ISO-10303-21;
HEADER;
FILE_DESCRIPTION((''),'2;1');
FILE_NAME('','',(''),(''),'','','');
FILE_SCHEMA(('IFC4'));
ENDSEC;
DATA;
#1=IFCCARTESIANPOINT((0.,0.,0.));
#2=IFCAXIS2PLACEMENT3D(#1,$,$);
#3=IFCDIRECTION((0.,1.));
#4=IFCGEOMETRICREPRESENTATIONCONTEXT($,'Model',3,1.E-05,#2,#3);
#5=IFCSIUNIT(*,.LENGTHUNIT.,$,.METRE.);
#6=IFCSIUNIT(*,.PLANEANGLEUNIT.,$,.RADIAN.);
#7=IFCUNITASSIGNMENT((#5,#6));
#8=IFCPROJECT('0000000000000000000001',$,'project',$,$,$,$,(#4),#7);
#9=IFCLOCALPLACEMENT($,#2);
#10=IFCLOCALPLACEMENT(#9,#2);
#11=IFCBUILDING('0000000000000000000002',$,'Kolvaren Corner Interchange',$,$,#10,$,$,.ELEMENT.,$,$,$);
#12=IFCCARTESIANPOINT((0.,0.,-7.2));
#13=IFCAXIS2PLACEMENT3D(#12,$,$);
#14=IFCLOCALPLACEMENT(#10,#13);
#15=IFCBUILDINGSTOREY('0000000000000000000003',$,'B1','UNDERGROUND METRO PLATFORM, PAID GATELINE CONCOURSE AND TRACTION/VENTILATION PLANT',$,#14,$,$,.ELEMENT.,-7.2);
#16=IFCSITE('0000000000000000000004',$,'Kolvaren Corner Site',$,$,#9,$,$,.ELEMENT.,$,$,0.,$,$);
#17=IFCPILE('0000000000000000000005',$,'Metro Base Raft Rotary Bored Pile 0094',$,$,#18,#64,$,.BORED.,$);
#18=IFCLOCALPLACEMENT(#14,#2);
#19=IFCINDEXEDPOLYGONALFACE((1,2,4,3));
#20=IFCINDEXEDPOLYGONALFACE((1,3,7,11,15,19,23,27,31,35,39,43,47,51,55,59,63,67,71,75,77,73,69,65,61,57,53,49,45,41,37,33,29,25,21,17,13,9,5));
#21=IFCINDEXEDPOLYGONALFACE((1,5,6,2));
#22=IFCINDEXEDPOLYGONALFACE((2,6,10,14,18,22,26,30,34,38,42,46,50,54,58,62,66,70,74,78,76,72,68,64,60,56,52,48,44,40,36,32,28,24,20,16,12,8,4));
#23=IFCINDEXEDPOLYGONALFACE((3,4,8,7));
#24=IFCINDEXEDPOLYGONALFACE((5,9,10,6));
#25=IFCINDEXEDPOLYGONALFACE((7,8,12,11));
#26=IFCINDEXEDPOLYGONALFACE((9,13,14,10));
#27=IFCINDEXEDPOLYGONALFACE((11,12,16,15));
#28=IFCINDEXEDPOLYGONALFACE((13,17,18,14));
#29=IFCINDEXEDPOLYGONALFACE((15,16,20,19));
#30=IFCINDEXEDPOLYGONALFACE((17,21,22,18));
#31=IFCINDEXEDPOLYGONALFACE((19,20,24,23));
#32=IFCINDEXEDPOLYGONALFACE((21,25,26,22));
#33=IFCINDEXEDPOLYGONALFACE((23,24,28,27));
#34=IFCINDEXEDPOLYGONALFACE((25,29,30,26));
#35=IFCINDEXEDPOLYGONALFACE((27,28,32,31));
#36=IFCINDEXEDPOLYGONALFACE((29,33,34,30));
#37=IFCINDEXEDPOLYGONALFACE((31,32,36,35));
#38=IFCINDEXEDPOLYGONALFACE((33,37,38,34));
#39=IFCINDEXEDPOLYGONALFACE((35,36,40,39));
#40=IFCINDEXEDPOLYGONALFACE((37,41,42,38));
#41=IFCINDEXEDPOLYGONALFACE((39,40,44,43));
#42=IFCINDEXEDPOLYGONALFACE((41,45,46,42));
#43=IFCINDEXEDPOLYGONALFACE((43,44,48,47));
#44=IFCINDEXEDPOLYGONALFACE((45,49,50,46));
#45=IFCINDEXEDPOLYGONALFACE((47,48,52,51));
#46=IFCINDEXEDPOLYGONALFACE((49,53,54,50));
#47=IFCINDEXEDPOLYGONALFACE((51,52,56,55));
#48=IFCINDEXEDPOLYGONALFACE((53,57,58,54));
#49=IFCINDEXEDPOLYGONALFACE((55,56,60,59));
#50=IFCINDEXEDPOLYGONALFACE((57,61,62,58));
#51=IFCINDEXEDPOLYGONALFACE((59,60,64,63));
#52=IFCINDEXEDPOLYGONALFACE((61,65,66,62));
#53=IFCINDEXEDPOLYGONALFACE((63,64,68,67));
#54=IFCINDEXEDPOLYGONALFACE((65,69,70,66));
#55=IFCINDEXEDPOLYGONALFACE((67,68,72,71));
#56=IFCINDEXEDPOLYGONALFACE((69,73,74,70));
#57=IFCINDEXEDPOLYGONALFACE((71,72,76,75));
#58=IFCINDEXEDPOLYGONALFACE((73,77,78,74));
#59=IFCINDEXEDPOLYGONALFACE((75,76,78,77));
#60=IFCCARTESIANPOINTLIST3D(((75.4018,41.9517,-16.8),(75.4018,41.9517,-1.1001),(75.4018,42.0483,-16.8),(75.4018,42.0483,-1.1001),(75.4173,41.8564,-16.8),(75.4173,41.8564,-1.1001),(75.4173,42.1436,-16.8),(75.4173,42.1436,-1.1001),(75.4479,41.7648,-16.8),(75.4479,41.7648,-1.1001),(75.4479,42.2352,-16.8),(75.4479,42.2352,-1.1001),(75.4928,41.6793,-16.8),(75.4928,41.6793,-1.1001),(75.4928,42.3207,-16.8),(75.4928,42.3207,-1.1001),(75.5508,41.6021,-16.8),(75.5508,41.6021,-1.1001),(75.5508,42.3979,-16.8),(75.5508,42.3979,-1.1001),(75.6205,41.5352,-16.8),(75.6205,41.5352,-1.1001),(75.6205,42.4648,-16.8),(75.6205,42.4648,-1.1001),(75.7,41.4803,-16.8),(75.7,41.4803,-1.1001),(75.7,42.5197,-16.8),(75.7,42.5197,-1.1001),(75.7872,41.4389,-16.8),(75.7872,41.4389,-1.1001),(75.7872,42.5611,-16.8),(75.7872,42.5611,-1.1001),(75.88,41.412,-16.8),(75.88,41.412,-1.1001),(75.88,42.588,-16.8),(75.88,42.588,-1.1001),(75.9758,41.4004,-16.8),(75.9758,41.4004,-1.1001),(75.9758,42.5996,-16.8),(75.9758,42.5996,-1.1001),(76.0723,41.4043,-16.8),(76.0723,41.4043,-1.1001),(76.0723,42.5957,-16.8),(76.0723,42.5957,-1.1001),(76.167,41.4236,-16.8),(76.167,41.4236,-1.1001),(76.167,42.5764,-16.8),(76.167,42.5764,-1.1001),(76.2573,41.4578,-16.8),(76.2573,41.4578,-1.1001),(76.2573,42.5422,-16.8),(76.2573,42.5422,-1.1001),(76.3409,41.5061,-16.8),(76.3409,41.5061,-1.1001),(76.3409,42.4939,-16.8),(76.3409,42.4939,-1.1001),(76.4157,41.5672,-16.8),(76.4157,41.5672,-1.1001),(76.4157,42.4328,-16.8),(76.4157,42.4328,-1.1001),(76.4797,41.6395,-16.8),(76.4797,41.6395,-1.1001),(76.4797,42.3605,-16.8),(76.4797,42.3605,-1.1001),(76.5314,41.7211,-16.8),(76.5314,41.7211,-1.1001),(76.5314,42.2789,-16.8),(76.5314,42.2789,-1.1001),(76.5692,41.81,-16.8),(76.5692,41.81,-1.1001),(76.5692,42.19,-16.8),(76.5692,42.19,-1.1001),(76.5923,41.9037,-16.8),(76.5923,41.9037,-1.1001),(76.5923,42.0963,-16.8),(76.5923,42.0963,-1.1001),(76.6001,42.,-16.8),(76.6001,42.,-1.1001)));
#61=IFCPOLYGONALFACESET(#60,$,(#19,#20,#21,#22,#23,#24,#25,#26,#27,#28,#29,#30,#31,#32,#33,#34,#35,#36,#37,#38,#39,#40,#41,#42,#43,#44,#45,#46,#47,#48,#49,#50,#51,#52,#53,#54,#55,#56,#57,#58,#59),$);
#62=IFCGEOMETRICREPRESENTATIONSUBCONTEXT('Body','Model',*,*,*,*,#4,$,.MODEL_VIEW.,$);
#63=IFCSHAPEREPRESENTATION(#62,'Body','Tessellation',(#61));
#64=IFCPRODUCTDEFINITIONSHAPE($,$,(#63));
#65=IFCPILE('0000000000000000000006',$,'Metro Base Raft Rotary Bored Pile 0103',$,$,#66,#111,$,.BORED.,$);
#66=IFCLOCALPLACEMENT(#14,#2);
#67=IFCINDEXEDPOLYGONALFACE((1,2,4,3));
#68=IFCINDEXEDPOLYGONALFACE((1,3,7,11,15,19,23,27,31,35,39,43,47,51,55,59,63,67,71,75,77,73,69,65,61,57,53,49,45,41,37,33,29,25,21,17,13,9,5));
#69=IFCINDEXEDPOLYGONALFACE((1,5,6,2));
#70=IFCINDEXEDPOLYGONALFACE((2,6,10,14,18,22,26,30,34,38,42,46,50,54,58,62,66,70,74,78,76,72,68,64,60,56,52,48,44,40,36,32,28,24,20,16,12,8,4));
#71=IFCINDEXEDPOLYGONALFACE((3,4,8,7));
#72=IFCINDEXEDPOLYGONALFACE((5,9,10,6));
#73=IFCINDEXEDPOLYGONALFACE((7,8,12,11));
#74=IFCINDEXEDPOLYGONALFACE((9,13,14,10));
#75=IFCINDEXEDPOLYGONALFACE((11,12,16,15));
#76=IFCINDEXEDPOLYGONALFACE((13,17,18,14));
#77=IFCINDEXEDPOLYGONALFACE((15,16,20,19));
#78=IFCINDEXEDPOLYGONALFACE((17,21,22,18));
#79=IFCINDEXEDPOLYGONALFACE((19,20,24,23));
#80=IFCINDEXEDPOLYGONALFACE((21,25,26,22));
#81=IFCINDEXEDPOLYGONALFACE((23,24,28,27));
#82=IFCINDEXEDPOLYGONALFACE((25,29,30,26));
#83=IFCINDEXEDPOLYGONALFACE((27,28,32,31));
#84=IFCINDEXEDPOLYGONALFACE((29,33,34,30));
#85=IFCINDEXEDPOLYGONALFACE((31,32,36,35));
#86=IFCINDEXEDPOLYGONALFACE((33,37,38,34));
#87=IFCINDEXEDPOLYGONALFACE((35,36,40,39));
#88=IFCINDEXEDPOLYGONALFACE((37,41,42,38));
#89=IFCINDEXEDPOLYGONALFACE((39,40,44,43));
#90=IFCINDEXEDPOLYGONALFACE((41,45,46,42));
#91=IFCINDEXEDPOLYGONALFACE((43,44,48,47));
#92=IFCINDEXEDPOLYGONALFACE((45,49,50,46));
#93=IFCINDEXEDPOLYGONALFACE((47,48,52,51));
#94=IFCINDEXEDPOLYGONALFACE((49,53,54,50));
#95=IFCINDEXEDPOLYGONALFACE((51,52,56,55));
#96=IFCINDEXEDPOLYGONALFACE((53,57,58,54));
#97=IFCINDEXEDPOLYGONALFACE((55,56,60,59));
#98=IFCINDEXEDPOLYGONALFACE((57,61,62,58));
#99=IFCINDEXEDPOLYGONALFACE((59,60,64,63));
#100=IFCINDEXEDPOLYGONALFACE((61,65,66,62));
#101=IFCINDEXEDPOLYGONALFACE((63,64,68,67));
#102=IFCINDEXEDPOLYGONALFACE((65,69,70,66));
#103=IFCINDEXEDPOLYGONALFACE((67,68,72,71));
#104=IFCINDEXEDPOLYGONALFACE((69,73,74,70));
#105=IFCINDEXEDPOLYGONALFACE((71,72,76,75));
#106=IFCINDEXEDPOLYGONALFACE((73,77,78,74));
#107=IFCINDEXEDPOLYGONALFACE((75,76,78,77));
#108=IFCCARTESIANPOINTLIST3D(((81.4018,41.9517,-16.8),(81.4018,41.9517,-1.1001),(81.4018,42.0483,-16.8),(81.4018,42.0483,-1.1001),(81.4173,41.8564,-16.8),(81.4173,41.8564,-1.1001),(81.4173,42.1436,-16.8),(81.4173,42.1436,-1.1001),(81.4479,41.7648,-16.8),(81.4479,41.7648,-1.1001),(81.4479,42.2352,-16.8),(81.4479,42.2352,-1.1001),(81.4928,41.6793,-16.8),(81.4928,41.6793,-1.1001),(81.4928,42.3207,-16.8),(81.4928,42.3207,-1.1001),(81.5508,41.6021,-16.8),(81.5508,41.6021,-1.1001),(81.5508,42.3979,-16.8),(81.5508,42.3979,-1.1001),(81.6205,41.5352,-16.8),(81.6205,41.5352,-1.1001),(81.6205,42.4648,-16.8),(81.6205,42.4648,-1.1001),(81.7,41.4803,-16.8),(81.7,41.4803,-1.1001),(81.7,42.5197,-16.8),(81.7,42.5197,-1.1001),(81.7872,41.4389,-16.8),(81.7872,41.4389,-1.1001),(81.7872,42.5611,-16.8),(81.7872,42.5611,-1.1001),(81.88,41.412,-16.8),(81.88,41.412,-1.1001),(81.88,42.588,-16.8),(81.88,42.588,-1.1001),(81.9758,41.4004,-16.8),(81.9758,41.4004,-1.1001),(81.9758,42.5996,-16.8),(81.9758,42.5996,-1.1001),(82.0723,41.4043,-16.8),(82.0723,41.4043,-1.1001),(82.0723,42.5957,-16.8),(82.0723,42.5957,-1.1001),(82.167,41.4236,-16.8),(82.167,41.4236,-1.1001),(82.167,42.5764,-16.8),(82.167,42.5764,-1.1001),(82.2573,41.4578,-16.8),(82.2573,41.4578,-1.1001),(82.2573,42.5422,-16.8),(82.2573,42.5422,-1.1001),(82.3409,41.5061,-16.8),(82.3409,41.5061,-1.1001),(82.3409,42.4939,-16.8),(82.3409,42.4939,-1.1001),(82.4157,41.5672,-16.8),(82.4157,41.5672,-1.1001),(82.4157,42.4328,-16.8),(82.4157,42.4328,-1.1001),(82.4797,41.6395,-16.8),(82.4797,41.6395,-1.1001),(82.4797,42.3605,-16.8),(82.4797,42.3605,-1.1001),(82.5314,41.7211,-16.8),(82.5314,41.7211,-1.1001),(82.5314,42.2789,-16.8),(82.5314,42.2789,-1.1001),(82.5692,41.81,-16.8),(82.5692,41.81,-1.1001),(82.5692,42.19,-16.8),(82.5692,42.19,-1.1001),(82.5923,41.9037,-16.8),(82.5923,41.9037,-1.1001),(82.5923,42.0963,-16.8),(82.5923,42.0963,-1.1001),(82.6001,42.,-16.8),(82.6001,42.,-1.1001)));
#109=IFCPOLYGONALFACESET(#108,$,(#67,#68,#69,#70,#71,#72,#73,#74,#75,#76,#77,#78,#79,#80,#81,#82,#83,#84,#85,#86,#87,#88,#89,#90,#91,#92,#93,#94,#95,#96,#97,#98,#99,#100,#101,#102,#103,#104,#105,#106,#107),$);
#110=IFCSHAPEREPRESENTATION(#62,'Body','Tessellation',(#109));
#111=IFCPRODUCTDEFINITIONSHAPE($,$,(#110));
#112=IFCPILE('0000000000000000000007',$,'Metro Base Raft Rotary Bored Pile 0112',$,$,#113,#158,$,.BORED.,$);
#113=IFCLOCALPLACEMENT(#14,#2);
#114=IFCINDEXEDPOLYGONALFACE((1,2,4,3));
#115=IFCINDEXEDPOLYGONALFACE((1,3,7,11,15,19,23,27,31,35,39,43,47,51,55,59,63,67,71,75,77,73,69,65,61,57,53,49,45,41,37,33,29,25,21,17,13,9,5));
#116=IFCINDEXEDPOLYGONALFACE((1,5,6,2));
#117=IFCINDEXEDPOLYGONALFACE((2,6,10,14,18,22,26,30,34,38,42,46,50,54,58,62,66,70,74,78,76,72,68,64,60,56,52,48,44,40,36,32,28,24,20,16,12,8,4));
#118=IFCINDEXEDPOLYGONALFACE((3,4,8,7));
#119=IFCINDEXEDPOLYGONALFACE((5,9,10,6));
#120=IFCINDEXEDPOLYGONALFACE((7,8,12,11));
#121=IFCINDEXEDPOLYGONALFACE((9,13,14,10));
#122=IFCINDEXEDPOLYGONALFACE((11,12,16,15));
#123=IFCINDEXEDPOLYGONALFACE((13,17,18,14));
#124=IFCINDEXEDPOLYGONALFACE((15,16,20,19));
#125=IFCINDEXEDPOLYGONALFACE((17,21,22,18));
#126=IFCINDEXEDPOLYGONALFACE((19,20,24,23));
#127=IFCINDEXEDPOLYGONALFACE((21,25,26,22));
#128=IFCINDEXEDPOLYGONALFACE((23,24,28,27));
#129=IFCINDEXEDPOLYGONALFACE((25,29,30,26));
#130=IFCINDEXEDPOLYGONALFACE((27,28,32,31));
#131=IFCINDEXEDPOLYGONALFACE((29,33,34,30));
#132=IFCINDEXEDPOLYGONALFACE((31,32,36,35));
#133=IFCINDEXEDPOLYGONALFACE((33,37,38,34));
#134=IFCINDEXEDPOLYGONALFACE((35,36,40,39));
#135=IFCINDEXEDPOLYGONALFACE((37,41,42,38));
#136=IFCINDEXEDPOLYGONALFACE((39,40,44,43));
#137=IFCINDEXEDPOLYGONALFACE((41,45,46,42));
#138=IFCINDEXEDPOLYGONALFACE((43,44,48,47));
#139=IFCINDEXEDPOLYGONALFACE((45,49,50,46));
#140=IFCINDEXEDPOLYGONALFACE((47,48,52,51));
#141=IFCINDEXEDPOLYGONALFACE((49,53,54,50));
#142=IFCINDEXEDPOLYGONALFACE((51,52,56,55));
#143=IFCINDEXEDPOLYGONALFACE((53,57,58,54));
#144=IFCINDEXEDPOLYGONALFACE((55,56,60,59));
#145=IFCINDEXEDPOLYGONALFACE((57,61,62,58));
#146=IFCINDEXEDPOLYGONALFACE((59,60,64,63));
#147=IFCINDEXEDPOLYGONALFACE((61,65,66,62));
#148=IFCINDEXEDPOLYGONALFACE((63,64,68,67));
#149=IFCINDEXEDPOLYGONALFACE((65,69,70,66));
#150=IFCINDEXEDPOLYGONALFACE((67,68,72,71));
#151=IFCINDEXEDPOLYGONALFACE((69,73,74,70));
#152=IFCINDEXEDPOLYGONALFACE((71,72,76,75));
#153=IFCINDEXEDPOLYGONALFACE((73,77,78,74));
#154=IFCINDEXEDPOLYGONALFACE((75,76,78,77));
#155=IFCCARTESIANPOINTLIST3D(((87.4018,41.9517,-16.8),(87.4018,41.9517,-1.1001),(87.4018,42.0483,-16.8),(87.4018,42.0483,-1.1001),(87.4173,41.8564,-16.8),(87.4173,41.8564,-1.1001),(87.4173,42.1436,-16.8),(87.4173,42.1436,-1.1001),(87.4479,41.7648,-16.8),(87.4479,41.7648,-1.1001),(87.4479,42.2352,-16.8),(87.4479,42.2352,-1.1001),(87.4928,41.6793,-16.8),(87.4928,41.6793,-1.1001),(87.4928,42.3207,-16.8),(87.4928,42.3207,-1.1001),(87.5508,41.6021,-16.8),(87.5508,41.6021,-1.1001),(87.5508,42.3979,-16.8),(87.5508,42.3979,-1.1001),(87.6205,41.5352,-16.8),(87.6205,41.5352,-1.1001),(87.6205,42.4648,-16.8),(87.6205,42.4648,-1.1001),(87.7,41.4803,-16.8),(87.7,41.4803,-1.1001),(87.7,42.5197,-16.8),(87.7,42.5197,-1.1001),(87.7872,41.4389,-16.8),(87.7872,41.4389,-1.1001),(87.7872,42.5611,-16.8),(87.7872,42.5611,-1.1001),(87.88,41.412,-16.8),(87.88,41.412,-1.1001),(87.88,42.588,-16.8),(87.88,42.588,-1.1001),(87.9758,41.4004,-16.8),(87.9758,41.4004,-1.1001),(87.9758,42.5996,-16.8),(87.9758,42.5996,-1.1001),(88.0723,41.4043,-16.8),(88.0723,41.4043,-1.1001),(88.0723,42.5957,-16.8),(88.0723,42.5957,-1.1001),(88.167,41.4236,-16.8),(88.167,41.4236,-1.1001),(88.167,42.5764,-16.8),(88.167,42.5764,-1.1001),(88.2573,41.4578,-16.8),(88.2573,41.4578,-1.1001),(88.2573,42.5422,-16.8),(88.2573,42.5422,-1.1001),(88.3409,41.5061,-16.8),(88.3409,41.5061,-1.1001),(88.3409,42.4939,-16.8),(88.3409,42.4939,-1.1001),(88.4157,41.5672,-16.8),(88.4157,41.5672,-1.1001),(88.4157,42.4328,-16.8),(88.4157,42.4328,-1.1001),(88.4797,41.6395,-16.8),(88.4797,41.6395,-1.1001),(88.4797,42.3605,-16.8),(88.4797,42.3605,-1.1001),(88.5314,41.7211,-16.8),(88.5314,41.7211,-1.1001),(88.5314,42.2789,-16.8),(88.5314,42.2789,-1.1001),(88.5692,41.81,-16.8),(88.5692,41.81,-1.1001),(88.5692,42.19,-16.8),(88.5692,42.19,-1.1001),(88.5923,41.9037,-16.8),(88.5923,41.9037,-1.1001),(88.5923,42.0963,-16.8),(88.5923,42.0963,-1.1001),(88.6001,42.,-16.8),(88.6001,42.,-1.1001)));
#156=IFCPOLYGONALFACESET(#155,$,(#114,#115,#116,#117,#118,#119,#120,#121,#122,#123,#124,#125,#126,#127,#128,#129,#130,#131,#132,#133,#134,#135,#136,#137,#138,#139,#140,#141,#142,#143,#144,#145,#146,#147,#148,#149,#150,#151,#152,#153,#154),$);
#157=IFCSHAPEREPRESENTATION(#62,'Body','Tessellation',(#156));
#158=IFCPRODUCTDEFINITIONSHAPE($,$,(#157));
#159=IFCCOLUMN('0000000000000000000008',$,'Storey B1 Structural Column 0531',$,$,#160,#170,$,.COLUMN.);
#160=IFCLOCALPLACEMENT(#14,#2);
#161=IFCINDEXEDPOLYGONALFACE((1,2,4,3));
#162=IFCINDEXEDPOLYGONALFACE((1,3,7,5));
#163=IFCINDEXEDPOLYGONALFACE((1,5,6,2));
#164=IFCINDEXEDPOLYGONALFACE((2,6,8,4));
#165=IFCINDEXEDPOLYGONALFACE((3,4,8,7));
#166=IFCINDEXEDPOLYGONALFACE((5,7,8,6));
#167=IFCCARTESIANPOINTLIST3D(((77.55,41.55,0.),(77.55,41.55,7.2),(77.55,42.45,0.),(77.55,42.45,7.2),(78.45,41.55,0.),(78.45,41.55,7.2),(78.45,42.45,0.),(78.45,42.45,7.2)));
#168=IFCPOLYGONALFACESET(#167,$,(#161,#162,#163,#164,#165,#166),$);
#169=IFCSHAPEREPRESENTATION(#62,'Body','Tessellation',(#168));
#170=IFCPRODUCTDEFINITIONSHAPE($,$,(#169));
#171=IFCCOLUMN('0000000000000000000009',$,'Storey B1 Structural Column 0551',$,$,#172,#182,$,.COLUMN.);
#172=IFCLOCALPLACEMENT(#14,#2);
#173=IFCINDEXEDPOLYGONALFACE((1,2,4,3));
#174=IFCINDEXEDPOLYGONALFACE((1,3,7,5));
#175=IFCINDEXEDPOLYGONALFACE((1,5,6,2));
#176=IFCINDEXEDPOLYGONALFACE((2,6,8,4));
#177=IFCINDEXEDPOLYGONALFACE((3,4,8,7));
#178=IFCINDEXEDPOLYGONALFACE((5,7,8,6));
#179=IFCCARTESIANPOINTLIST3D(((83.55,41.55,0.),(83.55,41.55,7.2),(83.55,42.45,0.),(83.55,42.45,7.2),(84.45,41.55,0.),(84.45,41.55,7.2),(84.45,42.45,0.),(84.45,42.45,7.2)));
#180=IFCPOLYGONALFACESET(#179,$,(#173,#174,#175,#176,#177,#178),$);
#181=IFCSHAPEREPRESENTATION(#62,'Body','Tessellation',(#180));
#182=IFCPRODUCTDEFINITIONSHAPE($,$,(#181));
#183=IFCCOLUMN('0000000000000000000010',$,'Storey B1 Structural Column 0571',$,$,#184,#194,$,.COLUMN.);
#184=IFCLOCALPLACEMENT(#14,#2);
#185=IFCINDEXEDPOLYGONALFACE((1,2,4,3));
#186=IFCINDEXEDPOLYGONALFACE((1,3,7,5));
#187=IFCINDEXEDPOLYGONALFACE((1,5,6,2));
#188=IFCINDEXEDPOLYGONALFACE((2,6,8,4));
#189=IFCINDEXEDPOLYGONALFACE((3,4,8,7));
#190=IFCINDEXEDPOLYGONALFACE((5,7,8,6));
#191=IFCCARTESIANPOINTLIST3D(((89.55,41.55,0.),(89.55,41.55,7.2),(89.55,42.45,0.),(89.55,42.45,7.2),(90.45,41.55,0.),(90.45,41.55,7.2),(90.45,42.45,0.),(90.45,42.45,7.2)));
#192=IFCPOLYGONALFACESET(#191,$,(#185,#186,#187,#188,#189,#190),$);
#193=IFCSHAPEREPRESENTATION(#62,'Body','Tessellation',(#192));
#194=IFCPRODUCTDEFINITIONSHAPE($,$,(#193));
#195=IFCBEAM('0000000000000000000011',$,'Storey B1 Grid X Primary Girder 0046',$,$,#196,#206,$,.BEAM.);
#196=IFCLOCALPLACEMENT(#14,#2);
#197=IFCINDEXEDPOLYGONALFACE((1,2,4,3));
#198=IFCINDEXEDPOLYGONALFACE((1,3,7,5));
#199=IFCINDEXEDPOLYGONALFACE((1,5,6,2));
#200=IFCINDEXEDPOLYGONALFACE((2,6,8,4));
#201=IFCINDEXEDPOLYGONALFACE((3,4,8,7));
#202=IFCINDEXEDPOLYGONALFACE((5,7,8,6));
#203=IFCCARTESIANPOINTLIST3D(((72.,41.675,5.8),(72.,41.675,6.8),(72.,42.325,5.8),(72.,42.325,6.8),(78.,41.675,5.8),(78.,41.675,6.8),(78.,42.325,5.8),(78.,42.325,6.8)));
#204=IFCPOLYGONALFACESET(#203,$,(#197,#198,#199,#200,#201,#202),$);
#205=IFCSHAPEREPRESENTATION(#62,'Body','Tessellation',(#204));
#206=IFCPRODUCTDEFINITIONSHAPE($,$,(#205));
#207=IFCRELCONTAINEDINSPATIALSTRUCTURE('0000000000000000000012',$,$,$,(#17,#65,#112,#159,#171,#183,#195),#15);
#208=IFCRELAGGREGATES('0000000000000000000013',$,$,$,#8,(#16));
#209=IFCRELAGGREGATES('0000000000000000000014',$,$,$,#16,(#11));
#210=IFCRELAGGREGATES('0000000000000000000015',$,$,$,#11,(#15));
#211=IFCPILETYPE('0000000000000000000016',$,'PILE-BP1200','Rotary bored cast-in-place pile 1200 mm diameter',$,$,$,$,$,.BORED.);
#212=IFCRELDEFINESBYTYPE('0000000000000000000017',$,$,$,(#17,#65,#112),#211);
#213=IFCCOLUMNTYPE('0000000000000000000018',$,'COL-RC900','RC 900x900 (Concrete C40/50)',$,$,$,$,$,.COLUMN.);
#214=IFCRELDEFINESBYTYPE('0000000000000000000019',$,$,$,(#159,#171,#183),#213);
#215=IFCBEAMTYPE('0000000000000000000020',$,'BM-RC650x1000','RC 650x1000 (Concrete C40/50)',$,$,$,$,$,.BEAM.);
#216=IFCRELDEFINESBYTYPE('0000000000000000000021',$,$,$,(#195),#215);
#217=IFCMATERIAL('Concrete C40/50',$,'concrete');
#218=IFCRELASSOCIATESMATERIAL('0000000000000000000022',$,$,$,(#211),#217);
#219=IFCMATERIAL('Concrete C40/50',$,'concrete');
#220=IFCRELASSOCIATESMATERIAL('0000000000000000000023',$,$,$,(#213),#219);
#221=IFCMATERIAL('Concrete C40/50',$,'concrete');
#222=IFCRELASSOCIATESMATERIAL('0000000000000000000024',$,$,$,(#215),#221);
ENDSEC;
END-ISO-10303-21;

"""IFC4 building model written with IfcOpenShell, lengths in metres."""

from ifc_helpers import new_model, si_unit, direction, frame, origin, origin_2d, place, context, subcontext, project, spatial, rectangle, circle, extrude, material, material_profile, profile_set, type_object, element, save


model = new_model("IFC4")

# Units and contexts
model_context = context("Model", 3, precision=1e-05, world=origin(), true_north=direction((0.0, 1.0)))
body_context = subcontext(model_context, "Body", "Model", "MODEL_VIEW")
ifc_project = project(units=[si_unit("LENGTHUNIT", "METRE"), si_unit("PLANEANGLEUNIT", "RADIAN")], contexts=[model_context])

# Site, building, storey
site_placement = place(None, origin())
site = spatial("IfcSite", under=ifc_project, at=site_placement, Name="Kolvaren Corner Site", CompositionType="ELEMENT", RefElevation=0.0)
building_placement = place(site_placement, origin())
building = spatial("IfcBuilding", under=site, at=building_placement, Name="Kolvaren Corner Interchange", CompositionType="ELEMENT")
storey_placement = place(building_placement, frame((0.0, 0.0, -7.2)))
storey = spatial("IfcBuildingStorey", under=building, at=storey_placement, Name="B1", Description="UNDERGROUND METRO PLATFORM, PAID GATELINE CONCOURSE AND TRACTION/VENTILATION PLANT", CompositionType="ELEMENT", Elevation=-7.2)

# Piles
ifc_material_1 = material(Name="Concrete C40/50", Category="concrete")
ifc_material_profile_1 = material_profile(ifc_material_1, circle(Radius=0.6001, at=origin_2d()), Name="BORED PILE 1200")
ifc_profile_set_1 = profile_set([ifc_material_profile_1], Name="Concrete C40/50")
pile_type = type_object("IfcPileType", Name="PILE-BP1200", Description="Rotary bored cast-in-place pile 1200 mm diameter", PredefinedType="BORED", material=ifc_profile_set_1)
for number, where, z_axis, x_axis, name in (
    (1, (76.0, 42.0, -1.1001), (0.0, 0.0, -1.0), (1.0, 0.0, 0.0), "Metro Base Raft Rotary Bored Pile 0094"),
    (2, (82.0, 42.0, -1.1001), (0.0, 0.0, -1.0), (1.0, 0.0, 0.0), "Metro Base Raft Rotary Bored Pile 0103"),
    (3, (88.0, 42.0, -1.1001), (0.0, 0.0, -1.0), (1.0, 0.0, 0.0), "Metro Base Raft Rotary Bored Pile 0112"),
):
    element("IfcPile", number, at=place(storey_placement, frame(where, z_axis=z_axis, x_axis=x_axis)), inside=storey, type_object=pile_type, Name=name, PredefinedType="BORED", context=body_context, shape_type="SweptSolid", body=[
        extrude(circle(Radius=0.6001, at=origin_2d()), origin(), (0.0, 0.0, 1.0), 15.7),
    ])

# Columns
ifc_material_2 = material(Name="Concrete C40/50", Category="concrete")
ifc_material_profile_2 = material_profile(ifc_material_2, rectangle(XDim=0.8999, YDim=0.8999, at=origin_2d()), Name="RC 900x900")
ifc_profile_set_2 = profile_set([ifc_material_profile_2], Name="Concrete C40/50")
column_type = type_object("IfcColumnType", Name="COL-RC900", Description="RC 900x900 (Concrete C40/50)", PredefinedType="COLUMN", material=ifc_profile_set_2)
for number, where, z_axis, x_axis, name in (
    (4, (78.0, 42.0, 0.0), (0.0, 0.0, 1.0), (1.0, 0.0, 0.0), "Storey B1 Structural Column 0531"),
    (5, (84.0, 42.0, 0.0), (0.0, 0.0, 1.0), (1.0, 0.0, 0.0), "Storey B1 Structural Column 0551"),
    (6, (90.0, 42.0, 0.0), (0.0, 0.0, 1.0), (1.0, 0.0, 0.0), "Storey B1 Structural Column 0571"),
):
    element("IfcColumn", number, at=place(storey_placement, frame(where, z_axis=z_axis, x_axis=x_axis)), inside=storey, type_object=column_type, Name=name, PredefinedType="COLUMN", context=body_context, shape_type="SweptSolid", body=[
        extrude(rectangle(XDim=0.8999, YDim=0.8999, at=origin_2d()), origin(), (0.0, 0.0, 1.0), 7.2),
    ])

# Beam
ifc_material_3 = material(Name="Concrete C40/50", Category="concrete")
ifc_material_profile_3 = material_profile(ifc_material_3, rectangle(XDim=0.6499, YDim=1.0, at=origin_2d()), Name="RC 650x1000")
ifc_profile_set_3 = profile_set([ifc_material_profile_3], Name="Concrete C40/50")
beam_type_1 = type_object("IfcBeamType", Name="BM-RC650x1000", Description="RC 650x1000 (Concrete C40/50)", PredefinedType="BEAM", material=ifc_profile_set_3)
for number, where, z_axis, x_axis, name in (
    (7, (72.0, 42.0, 6.3), (1.0, 0.0, 0.0), (0.0, 1.0, 0.0), "Storey B1 Grid X Primary Girder 0046"),
):
    element("IfcBeam", number, at=place(storey_placement, frame(where, z_axis=z_axis, x_axis=x_axis)), inside=storey, type_object=beam_type_1, Name=name, PredefinedType="BEAM", context=body_context, shape_type="SweptSolid", body=[
        extrude(rectangle(XDim=0.6499, YDim=1.0, at=origin_2d()), origin(), (0.0, 0.0, 1.0), 6.0),
    ])

save(model, "model.ifc")
